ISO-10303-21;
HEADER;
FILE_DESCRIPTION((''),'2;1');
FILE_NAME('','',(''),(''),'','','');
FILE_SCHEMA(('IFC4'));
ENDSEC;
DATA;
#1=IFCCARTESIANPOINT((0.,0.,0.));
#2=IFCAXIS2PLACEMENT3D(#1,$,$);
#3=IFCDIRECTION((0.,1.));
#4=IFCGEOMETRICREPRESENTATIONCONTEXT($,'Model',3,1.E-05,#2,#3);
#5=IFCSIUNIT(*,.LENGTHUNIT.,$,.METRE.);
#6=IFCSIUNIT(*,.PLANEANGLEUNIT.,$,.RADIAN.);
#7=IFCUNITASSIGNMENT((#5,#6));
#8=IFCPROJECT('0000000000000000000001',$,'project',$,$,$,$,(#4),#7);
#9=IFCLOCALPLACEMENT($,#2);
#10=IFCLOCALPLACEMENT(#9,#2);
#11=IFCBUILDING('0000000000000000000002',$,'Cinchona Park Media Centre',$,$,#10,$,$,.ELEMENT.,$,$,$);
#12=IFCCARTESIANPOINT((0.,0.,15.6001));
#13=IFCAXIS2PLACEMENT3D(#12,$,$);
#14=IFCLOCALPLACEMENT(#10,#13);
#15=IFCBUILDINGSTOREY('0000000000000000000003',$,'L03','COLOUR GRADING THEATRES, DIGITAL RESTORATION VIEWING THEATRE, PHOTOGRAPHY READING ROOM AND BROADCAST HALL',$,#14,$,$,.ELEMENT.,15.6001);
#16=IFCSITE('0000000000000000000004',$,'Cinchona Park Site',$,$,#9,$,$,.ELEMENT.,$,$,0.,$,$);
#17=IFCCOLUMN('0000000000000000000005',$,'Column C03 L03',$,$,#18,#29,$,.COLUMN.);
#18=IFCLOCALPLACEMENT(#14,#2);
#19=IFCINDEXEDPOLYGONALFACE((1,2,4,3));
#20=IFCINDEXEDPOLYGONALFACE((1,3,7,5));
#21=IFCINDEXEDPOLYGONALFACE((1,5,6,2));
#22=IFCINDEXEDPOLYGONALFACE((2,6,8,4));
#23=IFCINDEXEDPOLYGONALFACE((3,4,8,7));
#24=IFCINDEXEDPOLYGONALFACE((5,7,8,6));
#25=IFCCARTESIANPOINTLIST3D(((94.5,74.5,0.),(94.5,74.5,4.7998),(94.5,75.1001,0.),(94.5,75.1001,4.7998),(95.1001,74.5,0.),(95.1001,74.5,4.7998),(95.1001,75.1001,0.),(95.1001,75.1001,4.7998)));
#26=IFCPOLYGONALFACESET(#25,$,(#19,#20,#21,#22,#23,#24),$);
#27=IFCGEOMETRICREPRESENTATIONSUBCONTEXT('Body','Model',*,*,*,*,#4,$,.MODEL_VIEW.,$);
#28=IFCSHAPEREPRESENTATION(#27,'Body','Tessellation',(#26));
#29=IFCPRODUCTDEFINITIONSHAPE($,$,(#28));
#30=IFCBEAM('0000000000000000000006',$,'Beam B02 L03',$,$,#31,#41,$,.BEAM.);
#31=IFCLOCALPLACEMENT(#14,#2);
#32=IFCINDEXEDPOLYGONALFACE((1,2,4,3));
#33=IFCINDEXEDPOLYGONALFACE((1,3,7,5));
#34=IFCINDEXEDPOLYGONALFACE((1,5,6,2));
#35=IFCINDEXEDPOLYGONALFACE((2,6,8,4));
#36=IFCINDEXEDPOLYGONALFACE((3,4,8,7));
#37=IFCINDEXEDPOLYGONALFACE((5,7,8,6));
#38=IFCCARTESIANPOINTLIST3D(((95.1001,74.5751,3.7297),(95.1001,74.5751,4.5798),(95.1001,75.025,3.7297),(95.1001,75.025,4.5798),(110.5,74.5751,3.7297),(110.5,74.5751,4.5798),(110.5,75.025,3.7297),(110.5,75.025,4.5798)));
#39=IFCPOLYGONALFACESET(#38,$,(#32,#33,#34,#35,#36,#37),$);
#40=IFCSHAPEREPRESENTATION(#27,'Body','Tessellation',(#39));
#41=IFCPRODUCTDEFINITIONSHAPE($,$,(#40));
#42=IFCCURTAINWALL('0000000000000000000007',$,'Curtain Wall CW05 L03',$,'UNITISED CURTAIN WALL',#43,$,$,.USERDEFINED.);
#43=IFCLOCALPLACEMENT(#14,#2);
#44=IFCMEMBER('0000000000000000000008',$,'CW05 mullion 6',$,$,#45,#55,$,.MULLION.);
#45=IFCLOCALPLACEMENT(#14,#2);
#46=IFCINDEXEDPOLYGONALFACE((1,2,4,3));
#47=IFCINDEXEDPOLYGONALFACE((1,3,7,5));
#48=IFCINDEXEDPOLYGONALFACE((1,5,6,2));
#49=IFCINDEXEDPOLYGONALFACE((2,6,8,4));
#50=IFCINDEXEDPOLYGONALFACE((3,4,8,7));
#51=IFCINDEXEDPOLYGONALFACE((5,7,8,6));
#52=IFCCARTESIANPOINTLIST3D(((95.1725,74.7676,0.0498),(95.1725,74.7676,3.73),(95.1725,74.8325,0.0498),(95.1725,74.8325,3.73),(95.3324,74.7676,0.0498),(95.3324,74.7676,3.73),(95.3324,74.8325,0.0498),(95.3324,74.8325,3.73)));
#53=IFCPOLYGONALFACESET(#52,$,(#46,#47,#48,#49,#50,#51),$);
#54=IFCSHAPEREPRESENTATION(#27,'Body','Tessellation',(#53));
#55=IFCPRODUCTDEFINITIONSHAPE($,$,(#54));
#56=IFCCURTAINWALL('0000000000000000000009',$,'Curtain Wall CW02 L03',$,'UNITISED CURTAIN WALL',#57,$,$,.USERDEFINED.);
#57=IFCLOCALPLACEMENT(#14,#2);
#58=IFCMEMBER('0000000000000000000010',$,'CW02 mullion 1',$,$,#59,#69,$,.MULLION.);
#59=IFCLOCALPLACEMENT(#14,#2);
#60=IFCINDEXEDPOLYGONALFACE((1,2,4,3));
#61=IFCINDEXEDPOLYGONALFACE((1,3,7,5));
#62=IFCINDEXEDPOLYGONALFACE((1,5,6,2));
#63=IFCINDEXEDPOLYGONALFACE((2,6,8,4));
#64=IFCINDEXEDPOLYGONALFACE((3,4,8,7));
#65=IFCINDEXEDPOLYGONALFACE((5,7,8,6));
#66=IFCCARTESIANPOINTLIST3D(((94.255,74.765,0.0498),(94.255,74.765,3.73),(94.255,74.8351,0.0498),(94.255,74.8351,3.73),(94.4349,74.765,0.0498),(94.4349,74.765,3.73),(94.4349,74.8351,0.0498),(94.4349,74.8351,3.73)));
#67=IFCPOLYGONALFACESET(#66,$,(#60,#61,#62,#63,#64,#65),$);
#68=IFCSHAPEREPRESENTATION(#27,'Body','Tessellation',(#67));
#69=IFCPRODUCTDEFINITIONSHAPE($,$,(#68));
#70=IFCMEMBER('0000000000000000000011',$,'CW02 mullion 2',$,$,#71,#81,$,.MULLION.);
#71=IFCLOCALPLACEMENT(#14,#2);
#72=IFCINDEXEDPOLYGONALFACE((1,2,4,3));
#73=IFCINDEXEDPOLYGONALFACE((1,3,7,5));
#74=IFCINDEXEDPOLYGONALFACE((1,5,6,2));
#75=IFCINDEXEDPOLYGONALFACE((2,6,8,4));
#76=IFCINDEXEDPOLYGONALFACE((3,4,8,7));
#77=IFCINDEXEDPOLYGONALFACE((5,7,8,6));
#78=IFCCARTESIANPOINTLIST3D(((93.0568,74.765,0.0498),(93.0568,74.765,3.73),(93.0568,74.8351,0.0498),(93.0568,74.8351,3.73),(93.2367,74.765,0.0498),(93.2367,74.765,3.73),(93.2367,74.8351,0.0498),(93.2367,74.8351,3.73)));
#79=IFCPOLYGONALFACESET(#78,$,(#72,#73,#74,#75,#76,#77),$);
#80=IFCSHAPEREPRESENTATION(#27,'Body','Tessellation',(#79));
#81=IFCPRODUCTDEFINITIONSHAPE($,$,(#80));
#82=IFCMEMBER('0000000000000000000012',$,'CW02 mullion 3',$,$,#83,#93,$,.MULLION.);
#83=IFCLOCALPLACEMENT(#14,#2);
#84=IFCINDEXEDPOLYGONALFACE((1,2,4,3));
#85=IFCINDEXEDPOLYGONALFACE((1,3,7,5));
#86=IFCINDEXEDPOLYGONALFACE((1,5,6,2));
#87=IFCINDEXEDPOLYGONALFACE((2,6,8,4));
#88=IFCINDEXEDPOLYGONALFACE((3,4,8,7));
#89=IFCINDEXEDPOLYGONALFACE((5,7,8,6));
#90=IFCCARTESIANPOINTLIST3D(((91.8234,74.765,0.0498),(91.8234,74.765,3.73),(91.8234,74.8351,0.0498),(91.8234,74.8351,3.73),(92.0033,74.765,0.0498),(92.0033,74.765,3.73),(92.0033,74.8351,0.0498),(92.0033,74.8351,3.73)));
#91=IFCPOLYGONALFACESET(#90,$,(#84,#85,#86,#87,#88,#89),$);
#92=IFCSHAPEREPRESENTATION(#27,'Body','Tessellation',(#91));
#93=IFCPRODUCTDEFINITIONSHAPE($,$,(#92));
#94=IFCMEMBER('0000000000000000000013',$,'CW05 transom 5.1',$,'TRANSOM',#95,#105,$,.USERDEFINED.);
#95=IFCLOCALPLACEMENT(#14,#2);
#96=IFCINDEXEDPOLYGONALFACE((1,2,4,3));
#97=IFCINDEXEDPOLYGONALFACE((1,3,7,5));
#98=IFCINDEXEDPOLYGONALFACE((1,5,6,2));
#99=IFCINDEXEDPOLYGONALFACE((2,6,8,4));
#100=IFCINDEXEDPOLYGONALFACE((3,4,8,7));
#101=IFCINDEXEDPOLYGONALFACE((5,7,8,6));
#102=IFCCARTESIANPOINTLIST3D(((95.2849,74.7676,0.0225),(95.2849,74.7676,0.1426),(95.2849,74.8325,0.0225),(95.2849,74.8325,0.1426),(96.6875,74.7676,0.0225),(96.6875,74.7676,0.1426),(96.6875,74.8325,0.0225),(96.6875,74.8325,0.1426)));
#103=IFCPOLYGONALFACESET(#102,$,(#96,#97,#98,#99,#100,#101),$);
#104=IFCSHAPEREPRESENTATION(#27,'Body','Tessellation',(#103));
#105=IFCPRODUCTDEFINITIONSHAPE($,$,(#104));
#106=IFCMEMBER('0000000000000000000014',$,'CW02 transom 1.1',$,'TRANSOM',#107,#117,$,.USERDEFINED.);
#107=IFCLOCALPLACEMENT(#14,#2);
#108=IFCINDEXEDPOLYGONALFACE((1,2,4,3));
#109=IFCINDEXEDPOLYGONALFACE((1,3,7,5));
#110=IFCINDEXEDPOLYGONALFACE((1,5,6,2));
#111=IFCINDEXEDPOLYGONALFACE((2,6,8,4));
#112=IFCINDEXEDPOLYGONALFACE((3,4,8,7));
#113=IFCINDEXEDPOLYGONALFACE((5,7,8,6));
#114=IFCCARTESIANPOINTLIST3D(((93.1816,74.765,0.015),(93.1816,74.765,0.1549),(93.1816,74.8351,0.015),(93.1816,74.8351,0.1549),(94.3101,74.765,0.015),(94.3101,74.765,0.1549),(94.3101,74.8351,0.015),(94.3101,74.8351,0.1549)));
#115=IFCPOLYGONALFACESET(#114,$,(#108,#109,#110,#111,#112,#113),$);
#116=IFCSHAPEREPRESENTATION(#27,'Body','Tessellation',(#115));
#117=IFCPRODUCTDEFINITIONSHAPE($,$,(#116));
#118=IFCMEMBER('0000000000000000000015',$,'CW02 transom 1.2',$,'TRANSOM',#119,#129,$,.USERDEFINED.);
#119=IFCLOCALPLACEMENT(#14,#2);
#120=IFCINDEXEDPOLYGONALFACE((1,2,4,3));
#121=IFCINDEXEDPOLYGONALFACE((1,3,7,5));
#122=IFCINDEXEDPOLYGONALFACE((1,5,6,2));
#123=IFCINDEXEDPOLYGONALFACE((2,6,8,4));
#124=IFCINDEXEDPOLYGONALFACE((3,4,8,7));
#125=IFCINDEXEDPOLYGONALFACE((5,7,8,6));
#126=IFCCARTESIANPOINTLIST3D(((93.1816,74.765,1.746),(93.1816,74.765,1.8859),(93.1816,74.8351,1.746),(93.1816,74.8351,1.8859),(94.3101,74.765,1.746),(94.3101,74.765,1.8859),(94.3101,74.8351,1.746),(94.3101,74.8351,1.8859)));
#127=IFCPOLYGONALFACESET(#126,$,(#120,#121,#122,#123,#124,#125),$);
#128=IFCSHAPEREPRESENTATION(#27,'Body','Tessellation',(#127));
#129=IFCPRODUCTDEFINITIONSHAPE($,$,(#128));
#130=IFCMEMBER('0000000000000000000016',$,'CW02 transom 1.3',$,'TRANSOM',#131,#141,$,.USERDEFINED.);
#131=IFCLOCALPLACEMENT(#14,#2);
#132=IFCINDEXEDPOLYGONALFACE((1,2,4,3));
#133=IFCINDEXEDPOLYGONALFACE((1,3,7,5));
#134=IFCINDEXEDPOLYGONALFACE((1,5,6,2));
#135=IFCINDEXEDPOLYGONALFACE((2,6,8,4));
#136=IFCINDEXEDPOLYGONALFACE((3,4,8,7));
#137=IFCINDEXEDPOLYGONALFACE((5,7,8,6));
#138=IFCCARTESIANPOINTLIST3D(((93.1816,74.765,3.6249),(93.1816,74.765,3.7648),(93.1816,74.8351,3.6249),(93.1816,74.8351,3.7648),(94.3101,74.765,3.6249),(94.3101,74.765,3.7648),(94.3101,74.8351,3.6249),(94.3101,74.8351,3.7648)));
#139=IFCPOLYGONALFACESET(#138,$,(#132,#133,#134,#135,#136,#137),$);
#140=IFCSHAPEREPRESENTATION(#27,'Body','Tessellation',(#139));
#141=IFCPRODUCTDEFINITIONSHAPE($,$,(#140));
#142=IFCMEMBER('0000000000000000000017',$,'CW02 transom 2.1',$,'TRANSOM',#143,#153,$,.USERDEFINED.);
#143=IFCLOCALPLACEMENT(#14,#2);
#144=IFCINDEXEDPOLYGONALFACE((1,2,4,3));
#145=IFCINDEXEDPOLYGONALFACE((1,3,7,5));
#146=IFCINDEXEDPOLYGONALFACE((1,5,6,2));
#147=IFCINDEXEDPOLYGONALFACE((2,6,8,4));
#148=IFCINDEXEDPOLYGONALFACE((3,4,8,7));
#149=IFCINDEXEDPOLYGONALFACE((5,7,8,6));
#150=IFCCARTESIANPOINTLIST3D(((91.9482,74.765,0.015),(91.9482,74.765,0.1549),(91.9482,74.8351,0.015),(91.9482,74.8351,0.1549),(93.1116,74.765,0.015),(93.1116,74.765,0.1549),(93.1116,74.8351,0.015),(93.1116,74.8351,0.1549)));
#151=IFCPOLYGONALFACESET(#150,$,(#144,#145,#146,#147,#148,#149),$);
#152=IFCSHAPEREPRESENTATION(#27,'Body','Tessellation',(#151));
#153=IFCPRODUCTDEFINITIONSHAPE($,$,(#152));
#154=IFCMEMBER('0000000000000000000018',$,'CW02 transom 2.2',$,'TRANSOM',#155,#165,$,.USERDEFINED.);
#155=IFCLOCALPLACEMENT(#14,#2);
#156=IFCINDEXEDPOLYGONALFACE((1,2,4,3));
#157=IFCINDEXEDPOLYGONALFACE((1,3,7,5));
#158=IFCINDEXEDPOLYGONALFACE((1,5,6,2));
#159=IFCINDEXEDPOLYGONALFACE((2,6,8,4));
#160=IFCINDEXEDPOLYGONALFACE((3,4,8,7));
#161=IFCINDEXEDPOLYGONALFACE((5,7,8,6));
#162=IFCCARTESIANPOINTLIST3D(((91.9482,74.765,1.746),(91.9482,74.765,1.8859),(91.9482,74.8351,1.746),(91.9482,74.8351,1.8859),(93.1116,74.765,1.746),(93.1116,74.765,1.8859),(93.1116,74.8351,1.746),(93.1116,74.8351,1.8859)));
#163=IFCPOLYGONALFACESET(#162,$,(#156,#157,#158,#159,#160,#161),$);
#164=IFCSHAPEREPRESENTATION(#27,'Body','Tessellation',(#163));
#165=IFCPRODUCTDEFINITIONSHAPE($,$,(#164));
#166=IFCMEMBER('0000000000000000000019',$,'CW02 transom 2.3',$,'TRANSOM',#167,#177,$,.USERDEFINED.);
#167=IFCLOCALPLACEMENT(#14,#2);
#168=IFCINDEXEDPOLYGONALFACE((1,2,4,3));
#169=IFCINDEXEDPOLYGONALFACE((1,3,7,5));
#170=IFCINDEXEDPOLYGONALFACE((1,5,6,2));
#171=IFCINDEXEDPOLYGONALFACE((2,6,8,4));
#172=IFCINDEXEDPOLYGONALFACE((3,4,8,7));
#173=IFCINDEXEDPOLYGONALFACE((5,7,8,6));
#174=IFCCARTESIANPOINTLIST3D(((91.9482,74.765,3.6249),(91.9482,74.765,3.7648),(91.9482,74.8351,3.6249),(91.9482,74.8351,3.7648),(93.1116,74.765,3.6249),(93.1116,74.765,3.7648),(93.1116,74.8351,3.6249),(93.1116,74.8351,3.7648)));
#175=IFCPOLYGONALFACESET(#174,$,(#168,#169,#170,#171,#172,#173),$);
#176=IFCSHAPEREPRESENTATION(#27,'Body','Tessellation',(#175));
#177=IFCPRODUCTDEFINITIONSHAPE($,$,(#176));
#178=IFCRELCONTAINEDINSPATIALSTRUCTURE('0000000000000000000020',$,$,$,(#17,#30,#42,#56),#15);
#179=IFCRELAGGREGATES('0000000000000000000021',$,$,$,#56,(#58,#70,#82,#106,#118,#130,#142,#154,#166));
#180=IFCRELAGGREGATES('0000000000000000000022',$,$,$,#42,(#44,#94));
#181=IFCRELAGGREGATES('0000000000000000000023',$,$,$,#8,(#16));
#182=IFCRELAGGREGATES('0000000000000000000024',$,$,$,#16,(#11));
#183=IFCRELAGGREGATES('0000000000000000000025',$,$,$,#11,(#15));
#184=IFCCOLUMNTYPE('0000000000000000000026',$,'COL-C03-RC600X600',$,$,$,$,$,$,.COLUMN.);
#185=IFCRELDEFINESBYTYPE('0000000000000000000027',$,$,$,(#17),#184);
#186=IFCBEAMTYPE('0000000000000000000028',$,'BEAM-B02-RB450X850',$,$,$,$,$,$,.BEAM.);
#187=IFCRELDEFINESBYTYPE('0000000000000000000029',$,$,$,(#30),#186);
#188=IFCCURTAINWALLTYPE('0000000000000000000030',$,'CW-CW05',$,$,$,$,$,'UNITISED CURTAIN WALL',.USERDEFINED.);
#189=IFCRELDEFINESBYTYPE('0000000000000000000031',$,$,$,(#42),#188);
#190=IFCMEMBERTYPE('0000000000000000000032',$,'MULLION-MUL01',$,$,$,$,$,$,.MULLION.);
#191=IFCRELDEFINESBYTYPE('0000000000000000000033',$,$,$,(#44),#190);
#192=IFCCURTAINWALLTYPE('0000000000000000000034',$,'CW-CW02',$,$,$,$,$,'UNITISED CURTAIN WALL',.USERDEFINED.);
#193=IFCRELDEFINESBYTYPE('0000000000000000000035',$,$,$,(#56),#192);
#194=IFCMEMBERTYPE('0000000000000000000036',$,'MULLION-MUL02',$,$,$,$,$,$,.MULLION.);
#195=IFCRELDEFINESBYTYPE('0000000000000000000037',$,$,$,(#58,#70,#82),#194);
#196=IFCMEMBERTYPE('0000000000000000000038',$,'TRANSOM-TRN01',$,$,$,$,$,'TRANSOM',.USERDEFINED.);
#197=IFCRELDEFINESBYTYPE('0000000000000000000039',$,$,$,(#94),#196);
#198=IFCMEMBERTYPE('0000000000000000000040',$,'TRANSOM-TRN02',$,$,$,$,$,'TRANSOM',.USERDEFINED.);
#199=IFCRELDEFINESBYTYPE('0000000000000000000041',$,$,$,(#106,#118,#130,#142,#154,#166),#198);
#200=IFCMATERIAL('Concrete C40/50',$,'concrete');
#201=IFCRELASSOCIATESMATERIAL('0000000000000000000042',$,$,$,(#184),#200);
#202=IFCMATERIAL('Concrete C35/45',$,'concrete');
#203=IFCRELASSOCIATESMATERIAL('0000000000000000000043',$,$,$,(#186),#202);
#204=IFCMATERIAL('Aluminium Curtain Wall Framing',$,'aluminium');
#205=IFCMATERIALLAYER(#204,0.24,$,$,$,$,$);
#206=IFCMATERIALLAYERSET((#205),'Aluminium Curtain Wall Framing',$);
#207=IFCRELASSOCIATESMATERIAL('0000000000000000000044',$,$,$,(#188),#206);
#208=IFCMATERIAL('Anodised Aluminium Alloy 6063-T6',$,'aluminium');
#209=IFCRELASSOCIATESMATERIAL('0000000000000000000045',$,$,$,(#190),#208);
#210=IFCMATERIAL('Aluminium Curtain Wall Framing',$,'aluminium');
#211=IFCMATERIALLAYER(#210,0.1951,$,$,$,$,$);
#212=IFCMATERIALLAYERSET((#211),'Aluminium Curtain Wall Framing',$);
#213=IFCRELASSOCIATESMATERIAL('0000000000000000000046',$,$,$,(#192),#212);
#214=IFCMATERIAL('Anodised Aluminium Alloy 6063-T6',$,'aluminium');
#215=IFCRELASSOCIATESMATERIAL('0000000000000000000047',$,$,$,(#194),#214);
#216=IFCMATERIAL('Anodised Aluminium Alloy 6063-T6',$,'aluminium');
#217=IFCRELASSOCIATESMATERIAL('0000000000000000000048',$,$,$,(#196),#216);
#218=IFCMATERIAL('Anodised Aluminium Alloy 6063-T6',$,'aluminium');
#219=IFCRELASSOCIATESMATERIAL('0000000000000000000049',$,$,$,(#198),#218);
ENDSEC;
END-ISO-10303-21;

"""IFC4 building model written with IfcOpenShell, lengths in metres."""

from ifc_helpers import new_model, si_unit, direction, frame, origin, origin_2d, place, context, subcontext, project, spatial, rectangle, extrude, material, layer, layer_set, material_profile, profile_set, type_object, element, aggregate, save


model = new_model("IFC4")

# Units and contexts
model_context = context("Model", 3, precision=1e-05, world=origin(), true_north=direction((0.0, 1.0)))
body_context = subcontext(model_context, "Body", "Model", "MODEL_VIEW")
ifc_project = project(units=[si_unit("LENGTHUNIT", "METRE"), si_unit("PLANEANGLEUNIT", "RADIAN")], contexts=[model_context])

# Site, building, storey
site_placement = place(None, origin())
site = spatial("IfcSite", under=ifc_project, at=site_placement, Name="Cinchona Park Site", CompositionType="ELEMENT", RefElevation=0.0)
building_placement = place(site_placement, origin())
building = spatial("IfcBuilding", under=site, at=building_placement, Name="Cinchona Park Media Centre", CompositionType="ELEMENT")
storey_placement = place(building_placement, frame((0.0, 0.0, 15.6001)))
storey = spatial("IfcBuildingStorey", under=building, at=storey_placement, Name="L03", Description="COLOUR GRADING THEATRES, DIGITAL RESTORATION VIEWING THEATRE, PHOTOGRAPHY READING ROOM AND BROADCAST HALL", CompositionType="ELEMENT", Elevation=15.6001)

# Column
ifc_material_1 = material(Name="Concrete C40/50", Category="concrete")
ifc_material_profile_1 = material_profile(ifc_material_1, rectangle(XDim=0.6001, YDim=0.6001, at=origin_2d()), Name="RC 600X600")
ifc_profile_set_1 = profile_set([ifc_material_profile_1], Name="Concrete C40/50")
column_type = type_object("IfcColumnType", Name="COL-C03-RC600X600", PredefinedType="COLUMN", material=ifc_profile_set_1)
column_placement = place(storey_placement, frame((94.8, 74.8, 0.0), z_axis=(0.0, 0.0, 1.0), x_axis=(1.0, 0.0, 0.0)))
element("IfcColumn", 1, at=column_placement, inside=storey, type_object=column_type, Name="Column C03 L03", PredefinedType="COLUMN", context=body_context, shape_type="SweptSolid", body=[
    extrude(rectangle(XDim=0.6001, YDim=0.6001, at=origin_2d()), origin(), (0.0, 0.0, 1.0), 4.7998),
])

# Beam
ifc_material_2 = material(Name="Concrete C35/45", Category="concrete")
ifc_material_profile_2 = material_profile(ifc_material_2, rectangle(XDim=0.45, YDim=0.8501, at=origin_2d()), Name="RB 450X850")
ifc_profile_set_2 = profile_set([ifc_material_profile_2], Name="Concrete C35/45")
beam_type = type_object("IfcBeamType", Name="BEAM-B02-RB450X850", PredefinedType="BEAM", material=ifc_profile_set_2)
beam_placement = place(storey_placement, frame((95.1001, 74.8, 4.1548), z_axis=(1.0, 0.0, 0.0), x_axis=(0.0, 1.0, 0.0)))
element("IfcBeam", 2, at=beam_placement, inside=storey, type_object=beam_type, Name="Beam B02 L03", PredefinedType="BEAM", context=body_context, shape_type="SweptSolid", body=[
    extrude(rectangle(XDim=0.45, YDim=0.8501, at=origin_2d()), origin(), (0.0, 0.0, 1.0), 15.3999),
])

# Curtain wall, member
ifc_material_3 = material(Name="Aluminium Curtain Wall Framing", Category="aluminium")
ifc_layer_1 = layer(ifc_material_3, 0.24)
ifc_layer_set_1 = layer_set([ifc_layer_1], Name="Aluminium Curtain Wall Framing")
curtain_wall_type_1 = type_object("IfcCurtainWallType", Name="CW-CW05", ElementType="UNITISED CURTAIN WALL", PredefinedType="USERDEFINED", material=ifc_layer_set_1)
curtain_wall_1_placement = place(storey_placement, origin())
curtain_wall_1 = element("IfcCurtainWall", 3, at=curtain_wall_1_placement, inside=storey, type_object=curtain_wall_type_1, Name="Curtain Wall CW05 L03", ObjectType="UNITISED CURTAIN WALL", PredefinedType="USERDEFINED")
ifc_material_4 = material(Name="Anodised Aluminium Alloy 6063-T6", Category="aluminium")
ifc_material_profile_3 = material_profile(ifc_material_4, rectangle(XDim=0.0649, YDim=0.1599, at=origin_2d()), Name="MUL-65X160")
ifc_profile_set_3 = profile_set([ifc_material_profile_3], Name="Anodised Aluminium Alloy 6063-T6")
member_type_1 = type_object("IfcMemberType", Name="MULLION-MUL01", PredefinedType="MULLION", material=ifc_profile_set_3)
member_1_placement = place(storey_placement, frame((95.2524, 74.8, 0.0498), z_axis=(0.0, 0.0, 1.0), x_axis=(0.0, -1.0, 0.0)))
member_1 = element("IfcMember", 4, at=member_1_placement, type_object=member_type_1, Name="CW05 mullion 6", PredefinedType="MULLION", context=body_context, shape_type="SweptSolid", body=[
    extrude(rectangle(XDim=0.0649, YDim=0.1599, at=origin_2d()), origin(), (0.0, 0.0, 1.0), 3.6802),
])

# Curtain wall, members
ifc_material_5 = material(Name="Aluminium Curtain Wall Framing", Category="aluminium")
ifc_layer_2 = layer(ifc_material_5, 0.1951)
ifc_layer_set_2 = layer_set([ifc_layer_2], Name="Aluminium Curtain Wall Framing")
curtain_wall_type_2 = type_object("IfcCurtainWallType", Name="CW-CW02", ElementType="UNITISED CURTAIN WALL", PredefinedType="USERDEFINED", material=ifc_layer_set_2)
curtain_wall_2_placement = place(storey_placement, origin())
curtain_wall_2 = element("IfcCurtainWall", 5, at=curtain_wall_2_placement, inside=storey, type_object=curtain_wall_type_2, Name="Curtain Wall CW02 L03", ObjectType="UNITISED CURTAIN WALL", PredefinedType="USERDEFINED")
ifc_material_6 = material(Name="Anodised Aluminium Alloy 6063-T6", Category="aluminium")
ifc_material_profile_4 = material_profile(ifc_material_6, rectangle(XDim=0.0701, YDim=0.1799, at=origin_2d()), Name="MUL-70X180")
ifc_profile_set_4 = profile_set([ifc_material_profile_4], Name="Anodised Aluminium Alloy 6063-T6")
member_type_2 = type_object("IfcMemberType", Name="MULLION-MUL02", PredefinedType="MULLION", material=ifc_profile_set_4)
member_2_placement = place(storey_placement, frame((94.345, 74.8, 0.0498), z_axis=(0.0, 0.0, 1.0), x_axis=(0.0, -1.0, 0.0)))
member_2 = element("IfcMember", 6, at=member_2_placement, type_object=member_type_2, Name="CW02 mullion 1", PredefinedType="MULLION", context=body_context, shape_type="SweptSolid", body=[
    extrude(rectangle(XDim=0.0701, YDim=0.1799, at=origin_2d()), origin(), (0.0, 0.0, 1.0), 3.6802),
])
member_3_placement = place(storey_placement, frame((93.1467, 74.8, 0.0498), z_axis=(0.0, 0.0, 1.0), x_axis=(0.0, -1.0, 0.0)))
member_3 = element("IfcMember", 7, at=member_3_placement, type_object=member_type_2, Name="CW02 mullion 2", PredefinedType="MULLION", context=body_context, shape_type="SweptSolid", body=[
    extrude(rectangle(XDim=0.0701, YDim=0.1799, at=origin_2d()), origin(), (0.0, 0.0, 1.0), 3.6802),
])
member_4_placement = place(storey_placement, frame((91.9133, 74.8, 0.0498), z_axis=(0.0, 0.0, 1.0), x_axis=(0.0, -1.0, 0.0)))
member_4 = element("IfcMember", 8, at=member_4_placement, type_object=member_type_2, Name="CW02 mullion 3", PredefinedType="MULLION", context=body_context, shape_type="SweptSolid", body=[
    extrude(rectangle(XDim=0.0701, YDim=0.1799, at=origin_2d()), origin(), (0.0, 0.0, 1.0), 3.6802),
])

# Members
ifc_material_7 = material(Name="Anodised Aluminium Alloy 6063-T6", Category="aluminium")
ifc_material_profile_5 = material_profile(ifc_material_7, rectangle(XDim=0.0649, YDim=0.1201, at=origin_2d()), Name="TRN-65X120")
ifc_profile_set_5 = profile_set([ifc_material_profile_5], Name="Anodised Aluminium Alloy 6063-T6")
member_type_3 = type_object("IfcMemberType", Name="TRANSOM-TRN01", ElementType="TRANSOM", PredefinedType="USERDEFINED", material=ifc_profile_set_5)
member_5_placement = place(storey_placement, frame((96.6875, 74.8, 0.0825), z_axis=(-1.0, 0.0, 0.0), x_axis=(0.0, -1.0, 0.0)))
member_5 = element("IfcMember", 9, at=member_5_placement, type_object=member_type_3, Name="CW05 transom 5.1", ObjectType="TRANSOM", PredefinedType="USERDEFINED", context=body_context, shape_type="SweptSolid", body=[
    extrude(rectangle(XDim=0.0649, YDim=0.1201, at=origin_2d()), origin(), (0.0, 0.0, 1.0), 1.4026),
])
ifc_material_8 = material(Name="Anodised Aluminium Alloy 6063-T6", Category="aluminium")
ifc_material_profile_6 = material_profile(ifc_material_8, rectangle(XDim=0.0701, YDim=0.1399, at=origin_2d()), Name="TRN-70X140")
ifc_profile_set_6 = profile_set([ifc_material_profile_6], Name="Anodised Aluminium Alloy 6063-T6")
member_type_4 = type_object("IfcMemberType", Name="TRANSOM-TRN02", ElementType="TRANSOM", PredefinedType="USERDEFINED", material=ifc_profile_set_6)
member_6_placement = place(storey_placement, frame((94.3101, 74.8, 0.085), z_axis=(-1.0, 0.0, 0.0), x_axis=(0.0, -1.0, 0.0)))
member_6 = element("IfcMember", 10, at=member_6_placement, type_object=member_type_4, Name="CW02 transom 1.1", ObjectType="TRANSOM", PredefinedType="USERDEFINED", context=body_context, shape_type="SweptSolid", body=[
    extrude(rectangle(XDim=0.0701, YDim=0.1399, at=origin_2d()), origin(), (0.0, 0.0, 1.0), 1.1284),
])
member_7_placement = place(storey_placement, frame((94.3101, 74.8, 1.8159), z_axis=(-1.0, 0.0, 0.0), x_axis=(0.0, -1.0, 0.0)))
member_7 = element("IfcMember", 11, at=member_7_placement, type_object=member_type_4, Name="CW02 transom 1.2", ObjectType="TRANSOM", PredefinedType="USERDEFINED", context=body_context, shape_type="SweptSolid", body=[
    extrude(rectangle(XDim=0.0701, YDim=0.1399, at=origin_2d()), origin(), (0.0, 0.0, 1.0), 1.1284),
])
member_8_placement = place(storey_placement, frame((94.3101, 74.8, 3.6948), z_axis=(-1.0, 0.0, 0.0), x_axis=(0.0, -1.0, 0.0)))
member_8 = element("IfcMember", 12, at=member_8_placement, type_object=member_type_4, Name="CW02 transom 1.3", ObjectType="TRANSOM", PredefinedType="USERDEFINED", context=body_context, shape_type="SweptSolid", body=[
    extrude(rectangle(XDim=0.0701, YDim=0.1399, at=origin_2d()), origin(), (0.0, 0.0, 1.0), 1.1284),
])
member_9_placement = place(storey_placement, frame((93.1116, 74.8, 0.085), z_axis=(-1.0, 0.0, 0.0), x_axis=(0.0, -1.0, 0.0)))
member_9 = element("IfcMember", 13, at=member_9_placement, type_object=member_type_4, Name="CW02 transom 2.1", ObjectType="TRANSOM", PredefinedType="USERDEFINED", context=body_context, shape_type="SweptSolid", body=[
    extrude(rectangle(XDim=0.0701, YDim=0.1399, at=origin_2d()), origin(), (0.0, 0.0, 1.0), 1.1633),
])
member_10_placement = place(storey_placement, frame((93.1116, 74.8, 1.8159), z_axis=(-1.0, 0.0, 0.0), x_axis=(0.0, -1.0, 0.0)))
member_10 = element("IfcMember", 14, at=member_10_placement, type_object=member_type_4, Name="CW02 transom 2.2", ObjectType="TRANSOM", PredefinedType="USERDEFINED", context=body_context, shape_type="SweptSolid", body=[
    extrude(rectangle(XDim=0.0701, YDim=0.1399, at=origin_2d()), origin(), (0.0, 0.0, 1.0), 1.1633),
])
member_11_placement = place(storey_placement, frame((93.1116, 74.8, 3.6948), z_axis=(-1.0, 0.0, 0.0), x_axis=(0.0, -1.0, 0.0)))
member_11 = element("IfcMember", 15, at=member_11_placement, type_object=member_type_4, Name="CW02 transom 2.3", ObjectType="TRANSOM", PredefinedType="USERDEFINED", context=body_context, shape_type="SweptSolid", body=[
    extrude(rectangle(XDim=0.0701, YDim=0.1399, at=origin_2d()), origin(), (0.0, 0.0, 1.0), 1.1633),
])

aggregate(curtain_wall_2, [member_2, member_3, member_4, member_6, member_7, member_8, member_9, member_10, member_11])
aggregate(curtain_wall_1, [member_1, member_5])

save(model, "model.ifc")
